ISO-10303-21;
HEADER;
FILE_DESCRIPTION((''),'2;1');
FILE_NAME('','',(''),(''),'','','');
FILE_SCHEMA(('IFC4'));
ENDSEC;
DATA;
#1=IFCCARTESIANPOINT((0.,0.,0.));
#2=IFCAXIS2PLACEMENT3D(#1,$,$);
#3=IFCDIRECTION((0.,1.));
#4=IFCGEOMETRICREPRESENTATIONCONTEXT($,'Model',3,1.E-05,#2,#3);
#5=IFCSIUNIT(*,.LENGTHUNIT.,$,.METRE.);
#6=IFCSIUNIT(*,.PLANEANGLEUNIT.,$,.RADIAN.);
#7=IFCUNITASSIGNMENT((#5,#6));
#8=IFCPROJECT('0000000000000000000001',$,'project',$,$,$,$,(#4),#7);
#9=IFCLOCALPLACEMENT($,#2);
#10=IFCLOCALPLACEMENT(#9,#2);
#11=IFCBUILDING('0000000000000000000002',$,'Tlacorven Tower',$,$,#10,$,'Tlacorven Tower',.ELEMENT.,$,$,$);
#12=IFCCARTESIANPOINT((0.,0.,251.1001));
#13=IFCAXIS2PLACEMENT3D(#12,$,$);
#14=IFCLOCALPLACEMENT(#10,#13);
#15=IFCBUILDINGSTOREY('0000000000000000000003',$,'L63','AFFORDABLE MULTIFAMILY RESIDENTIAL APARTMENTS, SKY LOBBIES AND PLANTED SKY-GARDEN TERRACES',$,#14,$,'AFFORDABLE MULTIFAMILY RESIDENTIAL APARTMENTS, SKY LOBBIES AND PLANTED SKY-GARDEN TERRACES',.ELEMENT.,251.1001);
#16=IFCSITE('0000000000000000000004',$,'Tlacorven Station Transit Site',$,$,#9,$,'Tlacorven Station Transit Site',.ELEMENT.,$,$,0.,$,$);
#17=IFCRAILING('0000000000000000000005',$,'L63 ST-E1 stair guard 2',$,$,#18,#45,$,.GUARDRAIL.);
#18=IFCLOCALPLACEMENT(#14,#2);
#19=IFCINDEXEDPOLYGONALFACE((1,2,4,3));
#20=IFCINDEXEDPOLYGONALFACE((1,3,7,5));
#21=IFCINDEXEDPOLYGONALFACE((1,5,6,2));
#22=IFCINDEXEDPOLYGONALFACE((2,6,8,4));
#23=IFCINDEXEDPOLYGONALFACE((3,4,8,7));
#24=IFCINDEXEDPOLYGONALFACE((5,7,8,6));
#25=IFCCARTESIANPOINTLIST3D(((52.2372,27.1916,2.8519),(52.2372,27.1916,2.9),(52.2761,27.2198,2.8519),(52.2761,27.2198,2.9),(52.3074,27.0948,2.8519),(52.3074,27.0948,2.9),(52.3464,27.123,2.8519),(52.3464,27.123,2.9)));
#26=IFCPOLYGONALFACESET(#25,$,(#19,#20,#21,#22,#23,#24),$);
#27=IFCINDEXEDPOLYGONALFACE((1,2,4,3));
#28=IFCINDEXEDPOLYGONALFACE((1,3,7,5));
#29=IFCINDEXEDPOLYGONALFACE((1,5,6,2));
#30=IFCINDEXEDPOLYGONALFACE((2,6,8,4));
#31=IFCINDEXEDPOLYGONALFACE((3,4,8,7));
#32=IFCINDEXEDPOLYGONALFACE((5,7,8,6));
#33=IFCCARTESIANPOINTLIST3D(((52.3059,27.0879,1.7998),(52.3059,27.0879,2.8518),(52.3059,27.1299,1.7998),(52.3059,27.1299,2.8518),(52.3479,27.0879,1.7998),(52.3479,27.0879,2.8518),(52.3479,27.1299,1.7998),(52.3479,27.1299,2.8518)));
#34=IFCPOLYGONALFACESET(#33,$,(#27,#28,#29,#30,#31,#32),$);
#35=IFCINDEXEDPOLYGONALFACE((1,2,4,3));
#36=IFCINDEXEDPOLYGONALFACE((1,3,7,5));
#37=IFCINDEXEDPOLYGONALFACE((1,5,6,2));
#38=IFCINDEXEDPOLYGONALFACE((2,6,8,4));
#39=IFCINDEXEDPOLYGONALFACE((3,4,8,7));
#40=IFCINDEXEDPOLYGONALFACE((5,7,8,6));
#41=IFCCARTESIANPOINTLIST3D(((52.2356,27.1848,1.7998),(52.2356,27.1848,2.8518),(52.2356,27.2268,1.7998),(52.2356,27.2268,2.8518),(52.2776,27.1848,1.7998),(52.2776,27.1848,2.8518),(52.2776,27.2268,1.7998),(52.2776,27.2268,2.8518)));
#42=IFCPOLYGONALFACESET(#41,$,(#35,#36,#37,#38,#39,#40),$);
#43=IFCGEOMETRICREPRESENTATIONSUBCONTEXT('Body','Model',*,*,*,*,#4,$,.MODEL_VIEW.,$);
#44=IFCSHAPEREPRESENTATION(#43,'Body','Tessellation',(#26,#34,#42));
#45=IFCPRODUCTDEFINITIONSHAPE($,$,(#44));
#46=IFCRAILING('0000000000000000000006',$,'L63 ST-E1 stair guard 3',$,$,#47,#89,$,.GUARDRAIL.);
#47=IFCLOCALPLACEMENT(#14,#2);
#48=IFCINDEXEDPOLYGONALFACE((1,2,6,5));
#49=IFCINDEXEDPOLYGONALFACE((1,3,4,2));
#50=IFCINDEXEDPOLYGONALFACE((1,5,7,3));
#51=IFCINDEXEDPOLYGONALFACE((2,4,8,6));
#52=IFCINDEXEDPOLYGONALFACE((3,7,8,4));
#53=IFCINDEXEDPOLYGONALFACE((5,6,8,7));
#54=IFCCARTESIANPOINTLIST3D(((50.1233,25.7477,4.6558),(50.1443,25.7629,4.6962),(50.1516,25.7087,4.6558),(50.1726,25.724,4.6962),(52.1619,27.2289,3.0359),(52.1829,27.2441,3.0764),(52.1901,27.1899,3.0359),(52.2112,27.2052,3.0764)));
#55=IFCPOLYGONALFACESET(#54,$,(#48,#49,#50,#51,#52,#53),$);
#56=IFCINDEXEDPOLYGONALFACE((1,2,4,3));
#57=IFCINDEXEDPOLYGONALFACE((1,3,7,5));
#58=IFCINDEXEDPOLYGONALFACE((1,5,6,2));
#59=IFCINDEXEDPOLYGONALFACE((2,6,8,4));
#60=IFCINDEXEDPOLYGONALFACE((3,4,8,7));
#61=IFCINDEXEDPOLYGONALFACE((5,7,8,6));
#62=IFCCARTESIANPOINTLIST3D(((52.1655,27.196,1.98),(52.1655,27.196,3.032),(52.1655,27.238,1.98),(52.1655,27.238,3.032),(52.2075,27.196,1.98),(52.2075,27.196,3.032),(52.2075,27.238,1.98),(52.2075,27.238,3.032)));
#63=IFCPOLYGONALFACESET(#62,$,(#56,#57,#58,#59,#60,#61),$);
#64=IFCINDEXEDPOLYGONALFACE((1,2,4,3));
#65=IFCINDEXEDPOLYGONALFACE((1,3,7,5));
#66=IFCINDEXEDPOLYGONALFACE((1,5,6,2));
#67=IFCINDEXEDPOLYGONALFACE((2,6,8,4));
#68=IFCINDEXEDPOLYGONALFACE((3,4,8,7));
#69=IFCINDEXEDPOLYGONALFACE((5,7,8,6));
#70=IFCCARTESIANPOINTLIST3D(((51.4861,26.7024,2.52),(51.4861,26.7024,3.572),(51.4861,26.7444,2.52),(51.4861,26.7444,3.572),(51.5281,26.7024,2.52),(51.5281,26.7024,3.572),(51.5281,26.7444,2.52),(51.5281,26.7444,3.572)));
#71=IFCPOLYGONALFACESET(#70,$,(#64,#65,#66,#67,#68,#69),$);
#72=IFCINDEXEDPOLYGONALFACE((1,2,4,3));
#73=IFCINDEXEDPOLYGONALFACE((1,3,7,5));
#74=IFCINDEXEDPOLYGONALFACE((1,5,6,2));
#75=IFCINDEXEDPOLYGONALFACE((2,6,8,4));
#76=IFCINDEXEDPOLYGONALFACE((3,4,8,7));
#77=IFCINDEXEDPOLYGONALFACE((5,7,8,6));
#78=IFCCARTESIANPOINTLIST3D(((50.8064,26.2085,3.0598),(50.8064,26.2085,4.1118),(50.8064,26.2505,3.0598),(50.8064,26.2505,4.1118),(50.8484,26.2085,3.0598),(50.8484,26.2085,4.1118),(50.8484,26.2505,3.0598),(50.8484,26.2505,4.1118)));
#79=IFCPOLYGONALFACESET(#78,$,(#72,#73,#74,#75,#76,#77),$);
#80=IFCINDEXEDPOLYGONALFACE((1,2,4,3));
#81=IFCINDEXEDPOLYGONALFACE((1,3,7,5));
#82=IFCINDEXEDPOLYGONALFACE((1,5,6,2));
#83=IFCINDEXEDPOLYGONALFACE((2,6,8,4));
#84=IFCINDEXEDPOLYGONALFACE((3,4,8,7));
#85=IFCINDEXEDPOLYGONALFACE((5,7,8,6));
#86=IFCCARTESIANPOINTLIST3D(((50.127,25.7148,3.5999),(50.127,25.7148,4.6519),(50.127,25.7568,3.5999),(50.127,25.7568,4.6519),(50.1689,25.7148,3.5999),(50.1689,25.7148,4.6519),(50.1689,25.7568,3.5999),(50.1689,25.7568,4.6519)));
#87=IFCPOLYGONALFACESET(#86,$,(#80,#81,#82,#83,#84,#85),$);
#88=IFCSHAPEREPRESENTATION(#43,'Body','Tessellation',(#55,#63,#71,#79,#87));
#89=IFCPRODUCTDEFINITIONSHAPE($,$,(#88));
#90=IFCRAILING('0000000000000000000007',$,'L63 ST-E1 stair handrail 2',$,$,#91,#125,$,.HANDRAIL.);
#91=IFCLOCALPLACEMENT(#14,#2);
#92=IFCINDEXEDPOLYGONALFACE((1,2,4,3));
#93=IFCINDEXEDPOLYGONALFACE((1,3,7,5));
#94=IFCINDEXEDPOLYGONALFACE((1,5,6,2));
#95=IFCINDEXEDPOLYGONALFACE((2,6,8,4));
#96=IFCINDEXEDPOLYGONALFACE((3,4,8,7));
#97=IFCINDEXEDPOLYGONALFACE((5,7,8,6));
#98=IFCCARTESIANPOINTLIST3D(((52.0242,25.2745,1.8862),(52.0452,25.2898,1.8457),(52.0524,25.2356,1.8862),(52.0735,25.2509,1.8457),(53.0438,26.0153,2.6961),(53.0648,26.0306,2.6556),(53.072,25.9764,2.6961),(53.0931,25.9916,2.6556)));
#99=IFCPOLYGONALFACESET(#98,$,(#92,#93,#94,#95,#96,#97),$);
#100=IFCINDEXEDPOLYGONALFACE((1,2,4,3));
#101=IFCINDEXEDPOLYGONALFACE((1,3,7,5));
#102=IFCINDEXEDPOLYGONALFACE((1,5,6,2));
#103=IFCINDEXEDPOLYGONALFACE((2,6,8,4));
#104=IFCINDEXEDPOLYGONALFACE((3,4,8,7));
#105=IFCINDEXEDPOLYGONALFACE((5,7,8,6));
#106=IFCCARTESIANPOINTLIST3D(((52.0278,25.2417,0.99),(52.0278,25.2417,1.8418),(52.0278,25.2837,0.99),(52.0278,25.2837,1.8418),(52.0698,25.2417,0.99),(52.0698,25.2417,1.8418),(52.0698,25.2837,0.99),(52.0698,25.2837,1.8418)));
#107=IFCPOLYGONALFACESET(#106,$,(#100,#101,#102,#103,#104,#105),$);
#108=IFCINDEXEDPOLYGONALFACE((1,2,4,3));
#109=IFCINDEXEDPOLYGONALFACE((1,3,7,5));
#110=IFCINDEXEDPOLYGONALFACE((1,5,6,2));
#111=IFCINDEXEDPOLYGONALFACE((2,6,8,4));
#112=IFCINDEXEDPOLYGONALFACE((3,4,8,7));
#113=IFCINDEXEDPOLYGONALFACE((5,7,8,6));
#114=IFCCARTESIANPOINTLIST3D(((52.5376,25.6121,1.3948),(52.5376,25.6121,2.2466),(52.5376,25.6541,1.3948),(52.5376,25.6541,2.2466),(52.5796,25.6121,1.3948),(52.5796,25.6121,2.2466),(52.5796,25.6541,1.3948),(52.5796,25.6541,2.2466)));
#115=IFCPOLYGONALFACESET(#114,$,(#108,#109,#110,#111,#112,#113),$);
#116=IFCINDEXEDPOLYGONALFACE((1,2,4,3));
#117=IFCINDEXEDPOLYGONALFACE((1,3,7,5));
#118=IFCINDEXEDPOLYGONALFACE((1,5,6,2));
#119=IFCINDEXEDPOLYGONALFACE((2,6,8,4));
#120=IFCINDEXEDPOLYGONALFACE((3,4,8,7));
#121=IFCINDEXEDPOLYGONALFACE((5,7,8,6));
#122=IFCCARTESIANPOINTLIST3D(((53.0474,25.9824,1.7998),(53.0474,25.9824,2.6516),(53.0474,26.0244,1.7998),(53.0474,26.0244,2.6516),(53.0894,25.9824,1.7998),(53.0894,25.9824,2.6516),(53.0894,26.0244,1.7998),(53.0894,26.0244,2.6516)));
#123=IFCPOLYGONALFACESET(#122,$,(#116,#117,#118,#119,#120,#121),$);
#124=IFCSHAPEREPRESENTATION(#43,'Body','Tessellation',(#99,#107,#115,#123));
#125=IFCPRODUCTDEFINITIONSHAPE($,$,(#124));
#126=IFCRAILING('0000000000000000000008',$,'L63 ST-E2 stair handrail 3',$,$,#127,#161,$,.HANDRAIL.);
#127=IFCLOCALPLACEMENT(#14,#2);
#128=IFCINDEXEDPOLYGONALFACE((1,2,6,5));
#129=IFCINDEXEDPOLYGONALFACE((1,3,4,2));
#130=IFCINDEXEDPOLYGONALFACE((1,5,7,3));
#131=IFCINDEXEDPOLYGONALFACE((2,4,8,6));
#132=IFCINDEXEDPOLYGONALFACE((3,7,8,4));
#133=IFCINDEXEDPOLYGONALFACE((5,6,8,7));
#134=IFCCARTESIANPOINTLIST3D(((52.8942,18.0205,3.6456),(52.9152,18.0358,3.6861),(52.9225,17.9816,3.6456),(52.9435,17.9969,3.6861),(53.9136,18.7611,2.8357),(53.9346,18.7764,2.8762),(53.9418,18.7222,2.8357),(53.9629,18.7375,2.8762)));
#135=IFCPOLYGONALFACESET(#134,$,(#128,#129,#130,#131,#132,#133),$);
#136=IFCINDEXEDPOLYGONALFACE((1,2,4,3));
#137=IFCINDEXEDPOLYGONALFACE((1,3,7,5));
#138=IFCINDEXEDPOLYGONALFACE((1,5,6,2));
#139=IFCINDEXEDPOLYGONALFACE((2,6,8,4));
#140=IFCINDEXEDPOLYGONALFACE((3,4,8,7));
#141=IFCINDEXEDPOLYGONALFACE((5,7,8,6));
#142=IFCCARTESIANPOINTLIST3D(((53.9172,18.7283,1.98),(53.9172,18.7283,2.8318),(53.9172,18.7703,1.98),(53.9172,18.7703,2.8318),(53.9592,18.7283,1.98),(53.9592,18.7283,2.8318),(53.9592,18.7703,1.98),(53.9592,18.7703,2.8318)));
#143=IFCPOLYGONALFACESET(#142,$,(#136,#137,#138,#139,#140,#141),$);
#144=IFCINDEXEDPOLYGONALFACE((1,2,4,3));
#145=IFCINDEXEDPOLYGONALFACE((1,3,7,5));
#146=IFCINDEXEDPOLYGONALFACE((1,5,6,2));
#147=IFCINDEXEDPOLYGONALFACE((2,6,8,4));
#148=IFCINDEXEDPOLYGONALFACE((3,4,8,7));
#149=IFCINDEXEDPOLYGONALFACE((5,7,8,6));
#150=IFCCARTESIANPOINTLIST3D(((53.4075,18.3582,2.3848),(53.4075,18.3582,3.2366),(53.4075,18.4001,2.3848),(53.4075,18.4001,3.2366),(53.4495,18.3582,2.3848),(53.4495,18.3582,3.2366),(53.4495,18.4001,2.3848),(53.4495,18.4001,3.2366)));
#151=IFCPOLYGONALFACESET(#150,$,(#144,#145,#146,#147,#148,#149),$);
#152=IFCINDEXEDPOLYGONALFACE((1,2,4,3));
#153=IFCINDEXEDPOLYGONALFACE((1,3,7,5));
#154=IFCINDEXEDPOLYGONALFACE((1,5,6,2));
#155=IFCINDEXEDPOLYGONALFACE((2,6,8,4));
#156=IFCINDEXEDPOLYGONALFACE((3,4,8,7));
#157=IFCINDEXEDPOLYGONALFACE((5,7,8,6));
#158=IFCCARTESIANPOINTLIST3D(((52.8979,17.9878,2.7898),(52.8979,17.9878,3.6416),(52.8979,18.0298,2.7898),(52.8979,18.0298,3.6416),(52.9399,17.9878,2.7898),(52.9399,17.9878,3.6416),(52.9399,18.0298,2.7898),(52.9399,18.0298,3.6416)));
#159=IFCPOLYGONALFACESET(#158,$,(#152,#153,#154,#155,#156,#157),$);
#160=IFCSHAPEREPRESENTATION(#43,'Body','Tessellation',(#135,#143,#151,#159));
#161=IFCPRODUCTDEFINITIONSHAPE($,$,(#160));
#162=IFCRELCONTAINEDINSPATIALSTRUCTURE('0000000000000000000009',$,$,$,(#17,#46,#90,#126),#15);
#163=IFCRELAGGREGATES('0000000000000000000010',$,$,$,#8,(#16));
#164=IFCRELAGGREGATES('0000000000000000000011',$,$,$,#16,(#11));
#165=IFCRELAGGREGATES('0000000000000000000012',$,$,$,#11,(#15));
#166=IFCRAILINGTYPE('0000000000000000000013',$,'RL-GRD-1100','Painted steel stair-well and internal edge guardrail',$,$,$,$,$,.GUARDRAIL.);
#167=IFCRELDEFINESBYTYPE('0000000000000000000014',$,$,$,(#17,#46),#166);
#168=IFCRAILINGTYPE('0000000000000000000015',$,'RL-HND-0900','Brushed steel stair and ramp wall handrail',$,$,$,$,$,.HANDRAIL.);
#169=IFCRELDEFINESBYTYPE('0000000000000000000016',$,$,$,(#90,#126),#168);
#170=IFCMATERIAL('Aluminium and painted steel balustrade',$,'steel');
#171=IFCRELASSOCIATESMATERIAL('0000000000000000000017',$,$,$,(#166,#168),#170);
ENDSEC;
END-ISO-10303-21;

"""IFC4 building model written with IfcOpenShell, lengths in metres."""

from ifc_helpers import new_model, si_unit, direction, frame, origin, origin_2d, place, context, subcontext, project, spatial, rectangle, extrude, source, transform, mapped, material, type_object, element, save


model = new_model("IFC4")

# Units and contexts
model_context = context("Model", 3, precision=1e-05, world=origin(), true_north=direction((0.0, 1.0)))
body_context = subcontext(model_context, "Body", "Model", "MODEL_VIEW")
ifc_project = project(units=[si_unit("LENGTHUNIT", "METRE"), si_unit("PLANEANGLEUNIT", "RADIAN")], contexts=[model_context])

# Site, building, storey
site_placement = place(None, origin())
site = spatial("IfcSite", under=ifc_project, at=site_placement, Name="Tlacorven Station Transit Site", LongName="Tlacorven Station Transit Site", CompositionType="ELEMENT", RefElevation=0.0)
building_placement = place(site_placement, origin())
building = spatial("IfcBuilding", under=site, at=building_placement, Name="Tlacorven Tower", LongName="Tlacorven Tower", CompositionType="ELEMENT")
storey_placement = place(building_placement, frame((0.0, 0.0, 251.1001)))
storey = spatial("IfcBuildingStorey", under=building, at=storey_placement, Name="L63", Description="AFFORDABLE MULTIFAMILY RESIDENTIAL APARTMENTS, SKY LOBBIES AND PLANTED SKY-GARDEN TERRACES", LongName="AFFORDABLE MULTIFAMILY RESIDENTIAL APARTMENTS, SKY LOBBIES AND PLANTED SKY-GARDEN TERRACES", CompositionType="ELEMENT", Elevation=251.1001)

# Railings
ifc_material_1 = material(Name="Aluminium and painted steel balustrade", Category="steel")
railing_type_1 = type_object("IfcRailingType", Name="RL-GRD-1100", Description="Painted steel stair-well and internal edge guardrail", PredefinedType="GUARDRAIL", material=ifc_material_1)
shared_shape_1 = source(origin(), body_context, "Body", "SweptSolid", [
    extrude(rectangle(XDim=0.0481, YDim=0.0481, at=origin_2d()), frame((0.0, 0.0, 1.0762), z_axis=(-0.587201, 0.809441, 0.0), x_axis=(-0.809441, -0.587201, 0.0)), (0.0, 0.0, 1.0), 0.1196),
    extrude(rectangle(XDim=0.042, YDim=0.042, at=origin_2d()), origin(), (0.0, 0.0, 1.0), 1.052),
    extrude(rectangle(XDim=0.042, YDim=0.042, at=origin_2d()), frame((-0.0703, 0.0969, 0.0)), (0.0, 0.0, 1.0), 1.052),
])
railing_1_placement = place(storey_placement, frame((52.3269, 27.1089, 1.7998)))
element("IfcRailing", 1, at=railing_1_placement, inside=storey, type_object=railing_type_1, Name="L63 ST-E1 stair guard 2", PredefinedType="GUARDRAIL", context=body_context, shape_type="MappedRepresentation", body=[
    mapped(shared_shape_1, transform((0.0, 0.0, 0.0), scale=1.0)),
])
shared_shape_2 = source(origin(), body_context, "Body", "SweptSolid", [
    extrude(rectangle(XDim=0.0481, YDim=0.0481, at=origin_2d()), frame((0.0, 0.0, 1.0762), z_axis=(-0.680519, -0.494456, 0.540747), x_axis=(0.587809, -0.809, 0.0)), (0.0, 0.0, 1.0), 2.9956),
    extrude(rectangle(XDim=0.042, YDim=0.042, at=origin_2d()), origin(), (0.0, 0.0, 1.0), 1.052),
    extrude(rectangle(XDim=0.042, YDim=0.042, at=origin_2d()), frame((-0.6794, -0.4937, 0.54)), (0.0, 0.0, 1.0), 1.052),
    extrude(rectangle(XDim=0.042, YDim=0.042, at=origin_2d()), frame((-1.3591, -0.9875, 1.0798)), (0.0, 0.0, 1.0), 1.052),
    extrude(rectangle(XDim=0.042, YDim=0.042, at=origin_2d()), frame((-2.0386, -1.4812, 1.6199)), (0.0, 0.0, 1.0), 1.052),
])
railing_2_placement = place(storey_placement, frame((52.1865, 27.217, 1.98)))
element("IfcRailing", 2, at=railing_2_placement, inside=storey, type_object=railing_type_1, Name="L63 ST-E1 stair guard 3", PredefinedType="GUARDRAIL", context=body_context, shape_type="MappedRepresentation", body=[
    mapped(shared_shape_2, transform((0.0, 0.0, 0.0), scale=1.0)),
])
railing_type_2 = type_object("IfcRailingType", Name="RL-HND-0900", Description="Brushed steel stair and ramp wall handrail", PredefinedType="HANDRAIL", material=ifc_material_1)
shared_shape_3 = source(origin(), body_context, "Body", "SweptSolid", [
    extrude(rectangle(XDim=0.0481, YDim=0.0481, at=origin_2d()), frame((0.0, 0.0, 0.876), z_axis=(0.680609, 0.494484, 0.540608), x_axis=(-0.58778, 0.809021, 0.0)), (0.0, 0.0, 1.0), 1.498),
    extrude(rectangle(XDim=0.042, YDim=0.042, at=origin_2d()), origin(), (0.0, 0.0, 1.0), 0.8518),
    extrude(rectangle(XDim=0.042, YDim=0.042, at=origin_2d()), frame((0.5098, 0.3704, 0.4048)), (0.0, 0.0, 1.0), 0.8518),
    extrude(rectangle(XDim=0.042, YDim=0.042, at=origin_2d()), frame((1.0195, 0.7407, 0.8098)), (0.0, 0.0, 1.0), 0.8518),
])
railing_3_placement = place(storey_placement, frame((52.0488, 25.2627, 0.99)))
element("IfcRailing", 3, at=railing_3_placement, inside=storey, type_object=railing_type_2, Name="L63 ST-E1 stair handrail 2", PredefinedType="HANDRAIL", context=body_context, shape_type="MappedRepresentation", body=[
    mapped(shared_shape_3, transform((0.0, 0.0, 0.0), scale=1.0)),
])
shared_shape_4 = source(origin(), body_context, "Body", "SweptSolid", [
    extrude(rectangle(XDim=0.0481, YDim=0.0481, at=origin_2d()), frame((0.0, 0.0, 0.876), z_axis=(-0.680576, -0.494416, 0.540712), x_axis=(0.587745, -0.809046, 0.0)), (0.0, 0.0, 1.0), 1.4978),
    extrude(rectangle(XDim=0.042, YDim=0.042, at=origin_2d()), origin(), (0.0, 0.0, 1.0), 0.8518),
    extrude(rectangle(XDim=0.042, YDim=0.042, at=origin_2d()), frame((-0.5098, -0.3701, 0.4048)), (0.0, 0.0, 1.0), 0.8518),
    extrude(rectangle(XDim=0.042, YDim=0.042, at=origin_2d()), frame((-1.0193, -0.7405, 0.8098)), (0.0, 0.0, 1.0), 0.8518),
])
railing_4_placement = place(storey_placement, frame((53.9382, 18.7493, 1.98)))
element("IfcRailing", 4, at=railing_4_placement, inside=storey, type_object=railing_type_2, Name="L63 ST-E2 stair handrail 3", PredefinedType="HANDRAIL", context=body_context, shape_type="MappedRepresentation", body=[
    mapped(shared_shape_4, transform((0.0, 0.0, 0.0), scale=1.0)),
])

save(model, "model.ifc")
